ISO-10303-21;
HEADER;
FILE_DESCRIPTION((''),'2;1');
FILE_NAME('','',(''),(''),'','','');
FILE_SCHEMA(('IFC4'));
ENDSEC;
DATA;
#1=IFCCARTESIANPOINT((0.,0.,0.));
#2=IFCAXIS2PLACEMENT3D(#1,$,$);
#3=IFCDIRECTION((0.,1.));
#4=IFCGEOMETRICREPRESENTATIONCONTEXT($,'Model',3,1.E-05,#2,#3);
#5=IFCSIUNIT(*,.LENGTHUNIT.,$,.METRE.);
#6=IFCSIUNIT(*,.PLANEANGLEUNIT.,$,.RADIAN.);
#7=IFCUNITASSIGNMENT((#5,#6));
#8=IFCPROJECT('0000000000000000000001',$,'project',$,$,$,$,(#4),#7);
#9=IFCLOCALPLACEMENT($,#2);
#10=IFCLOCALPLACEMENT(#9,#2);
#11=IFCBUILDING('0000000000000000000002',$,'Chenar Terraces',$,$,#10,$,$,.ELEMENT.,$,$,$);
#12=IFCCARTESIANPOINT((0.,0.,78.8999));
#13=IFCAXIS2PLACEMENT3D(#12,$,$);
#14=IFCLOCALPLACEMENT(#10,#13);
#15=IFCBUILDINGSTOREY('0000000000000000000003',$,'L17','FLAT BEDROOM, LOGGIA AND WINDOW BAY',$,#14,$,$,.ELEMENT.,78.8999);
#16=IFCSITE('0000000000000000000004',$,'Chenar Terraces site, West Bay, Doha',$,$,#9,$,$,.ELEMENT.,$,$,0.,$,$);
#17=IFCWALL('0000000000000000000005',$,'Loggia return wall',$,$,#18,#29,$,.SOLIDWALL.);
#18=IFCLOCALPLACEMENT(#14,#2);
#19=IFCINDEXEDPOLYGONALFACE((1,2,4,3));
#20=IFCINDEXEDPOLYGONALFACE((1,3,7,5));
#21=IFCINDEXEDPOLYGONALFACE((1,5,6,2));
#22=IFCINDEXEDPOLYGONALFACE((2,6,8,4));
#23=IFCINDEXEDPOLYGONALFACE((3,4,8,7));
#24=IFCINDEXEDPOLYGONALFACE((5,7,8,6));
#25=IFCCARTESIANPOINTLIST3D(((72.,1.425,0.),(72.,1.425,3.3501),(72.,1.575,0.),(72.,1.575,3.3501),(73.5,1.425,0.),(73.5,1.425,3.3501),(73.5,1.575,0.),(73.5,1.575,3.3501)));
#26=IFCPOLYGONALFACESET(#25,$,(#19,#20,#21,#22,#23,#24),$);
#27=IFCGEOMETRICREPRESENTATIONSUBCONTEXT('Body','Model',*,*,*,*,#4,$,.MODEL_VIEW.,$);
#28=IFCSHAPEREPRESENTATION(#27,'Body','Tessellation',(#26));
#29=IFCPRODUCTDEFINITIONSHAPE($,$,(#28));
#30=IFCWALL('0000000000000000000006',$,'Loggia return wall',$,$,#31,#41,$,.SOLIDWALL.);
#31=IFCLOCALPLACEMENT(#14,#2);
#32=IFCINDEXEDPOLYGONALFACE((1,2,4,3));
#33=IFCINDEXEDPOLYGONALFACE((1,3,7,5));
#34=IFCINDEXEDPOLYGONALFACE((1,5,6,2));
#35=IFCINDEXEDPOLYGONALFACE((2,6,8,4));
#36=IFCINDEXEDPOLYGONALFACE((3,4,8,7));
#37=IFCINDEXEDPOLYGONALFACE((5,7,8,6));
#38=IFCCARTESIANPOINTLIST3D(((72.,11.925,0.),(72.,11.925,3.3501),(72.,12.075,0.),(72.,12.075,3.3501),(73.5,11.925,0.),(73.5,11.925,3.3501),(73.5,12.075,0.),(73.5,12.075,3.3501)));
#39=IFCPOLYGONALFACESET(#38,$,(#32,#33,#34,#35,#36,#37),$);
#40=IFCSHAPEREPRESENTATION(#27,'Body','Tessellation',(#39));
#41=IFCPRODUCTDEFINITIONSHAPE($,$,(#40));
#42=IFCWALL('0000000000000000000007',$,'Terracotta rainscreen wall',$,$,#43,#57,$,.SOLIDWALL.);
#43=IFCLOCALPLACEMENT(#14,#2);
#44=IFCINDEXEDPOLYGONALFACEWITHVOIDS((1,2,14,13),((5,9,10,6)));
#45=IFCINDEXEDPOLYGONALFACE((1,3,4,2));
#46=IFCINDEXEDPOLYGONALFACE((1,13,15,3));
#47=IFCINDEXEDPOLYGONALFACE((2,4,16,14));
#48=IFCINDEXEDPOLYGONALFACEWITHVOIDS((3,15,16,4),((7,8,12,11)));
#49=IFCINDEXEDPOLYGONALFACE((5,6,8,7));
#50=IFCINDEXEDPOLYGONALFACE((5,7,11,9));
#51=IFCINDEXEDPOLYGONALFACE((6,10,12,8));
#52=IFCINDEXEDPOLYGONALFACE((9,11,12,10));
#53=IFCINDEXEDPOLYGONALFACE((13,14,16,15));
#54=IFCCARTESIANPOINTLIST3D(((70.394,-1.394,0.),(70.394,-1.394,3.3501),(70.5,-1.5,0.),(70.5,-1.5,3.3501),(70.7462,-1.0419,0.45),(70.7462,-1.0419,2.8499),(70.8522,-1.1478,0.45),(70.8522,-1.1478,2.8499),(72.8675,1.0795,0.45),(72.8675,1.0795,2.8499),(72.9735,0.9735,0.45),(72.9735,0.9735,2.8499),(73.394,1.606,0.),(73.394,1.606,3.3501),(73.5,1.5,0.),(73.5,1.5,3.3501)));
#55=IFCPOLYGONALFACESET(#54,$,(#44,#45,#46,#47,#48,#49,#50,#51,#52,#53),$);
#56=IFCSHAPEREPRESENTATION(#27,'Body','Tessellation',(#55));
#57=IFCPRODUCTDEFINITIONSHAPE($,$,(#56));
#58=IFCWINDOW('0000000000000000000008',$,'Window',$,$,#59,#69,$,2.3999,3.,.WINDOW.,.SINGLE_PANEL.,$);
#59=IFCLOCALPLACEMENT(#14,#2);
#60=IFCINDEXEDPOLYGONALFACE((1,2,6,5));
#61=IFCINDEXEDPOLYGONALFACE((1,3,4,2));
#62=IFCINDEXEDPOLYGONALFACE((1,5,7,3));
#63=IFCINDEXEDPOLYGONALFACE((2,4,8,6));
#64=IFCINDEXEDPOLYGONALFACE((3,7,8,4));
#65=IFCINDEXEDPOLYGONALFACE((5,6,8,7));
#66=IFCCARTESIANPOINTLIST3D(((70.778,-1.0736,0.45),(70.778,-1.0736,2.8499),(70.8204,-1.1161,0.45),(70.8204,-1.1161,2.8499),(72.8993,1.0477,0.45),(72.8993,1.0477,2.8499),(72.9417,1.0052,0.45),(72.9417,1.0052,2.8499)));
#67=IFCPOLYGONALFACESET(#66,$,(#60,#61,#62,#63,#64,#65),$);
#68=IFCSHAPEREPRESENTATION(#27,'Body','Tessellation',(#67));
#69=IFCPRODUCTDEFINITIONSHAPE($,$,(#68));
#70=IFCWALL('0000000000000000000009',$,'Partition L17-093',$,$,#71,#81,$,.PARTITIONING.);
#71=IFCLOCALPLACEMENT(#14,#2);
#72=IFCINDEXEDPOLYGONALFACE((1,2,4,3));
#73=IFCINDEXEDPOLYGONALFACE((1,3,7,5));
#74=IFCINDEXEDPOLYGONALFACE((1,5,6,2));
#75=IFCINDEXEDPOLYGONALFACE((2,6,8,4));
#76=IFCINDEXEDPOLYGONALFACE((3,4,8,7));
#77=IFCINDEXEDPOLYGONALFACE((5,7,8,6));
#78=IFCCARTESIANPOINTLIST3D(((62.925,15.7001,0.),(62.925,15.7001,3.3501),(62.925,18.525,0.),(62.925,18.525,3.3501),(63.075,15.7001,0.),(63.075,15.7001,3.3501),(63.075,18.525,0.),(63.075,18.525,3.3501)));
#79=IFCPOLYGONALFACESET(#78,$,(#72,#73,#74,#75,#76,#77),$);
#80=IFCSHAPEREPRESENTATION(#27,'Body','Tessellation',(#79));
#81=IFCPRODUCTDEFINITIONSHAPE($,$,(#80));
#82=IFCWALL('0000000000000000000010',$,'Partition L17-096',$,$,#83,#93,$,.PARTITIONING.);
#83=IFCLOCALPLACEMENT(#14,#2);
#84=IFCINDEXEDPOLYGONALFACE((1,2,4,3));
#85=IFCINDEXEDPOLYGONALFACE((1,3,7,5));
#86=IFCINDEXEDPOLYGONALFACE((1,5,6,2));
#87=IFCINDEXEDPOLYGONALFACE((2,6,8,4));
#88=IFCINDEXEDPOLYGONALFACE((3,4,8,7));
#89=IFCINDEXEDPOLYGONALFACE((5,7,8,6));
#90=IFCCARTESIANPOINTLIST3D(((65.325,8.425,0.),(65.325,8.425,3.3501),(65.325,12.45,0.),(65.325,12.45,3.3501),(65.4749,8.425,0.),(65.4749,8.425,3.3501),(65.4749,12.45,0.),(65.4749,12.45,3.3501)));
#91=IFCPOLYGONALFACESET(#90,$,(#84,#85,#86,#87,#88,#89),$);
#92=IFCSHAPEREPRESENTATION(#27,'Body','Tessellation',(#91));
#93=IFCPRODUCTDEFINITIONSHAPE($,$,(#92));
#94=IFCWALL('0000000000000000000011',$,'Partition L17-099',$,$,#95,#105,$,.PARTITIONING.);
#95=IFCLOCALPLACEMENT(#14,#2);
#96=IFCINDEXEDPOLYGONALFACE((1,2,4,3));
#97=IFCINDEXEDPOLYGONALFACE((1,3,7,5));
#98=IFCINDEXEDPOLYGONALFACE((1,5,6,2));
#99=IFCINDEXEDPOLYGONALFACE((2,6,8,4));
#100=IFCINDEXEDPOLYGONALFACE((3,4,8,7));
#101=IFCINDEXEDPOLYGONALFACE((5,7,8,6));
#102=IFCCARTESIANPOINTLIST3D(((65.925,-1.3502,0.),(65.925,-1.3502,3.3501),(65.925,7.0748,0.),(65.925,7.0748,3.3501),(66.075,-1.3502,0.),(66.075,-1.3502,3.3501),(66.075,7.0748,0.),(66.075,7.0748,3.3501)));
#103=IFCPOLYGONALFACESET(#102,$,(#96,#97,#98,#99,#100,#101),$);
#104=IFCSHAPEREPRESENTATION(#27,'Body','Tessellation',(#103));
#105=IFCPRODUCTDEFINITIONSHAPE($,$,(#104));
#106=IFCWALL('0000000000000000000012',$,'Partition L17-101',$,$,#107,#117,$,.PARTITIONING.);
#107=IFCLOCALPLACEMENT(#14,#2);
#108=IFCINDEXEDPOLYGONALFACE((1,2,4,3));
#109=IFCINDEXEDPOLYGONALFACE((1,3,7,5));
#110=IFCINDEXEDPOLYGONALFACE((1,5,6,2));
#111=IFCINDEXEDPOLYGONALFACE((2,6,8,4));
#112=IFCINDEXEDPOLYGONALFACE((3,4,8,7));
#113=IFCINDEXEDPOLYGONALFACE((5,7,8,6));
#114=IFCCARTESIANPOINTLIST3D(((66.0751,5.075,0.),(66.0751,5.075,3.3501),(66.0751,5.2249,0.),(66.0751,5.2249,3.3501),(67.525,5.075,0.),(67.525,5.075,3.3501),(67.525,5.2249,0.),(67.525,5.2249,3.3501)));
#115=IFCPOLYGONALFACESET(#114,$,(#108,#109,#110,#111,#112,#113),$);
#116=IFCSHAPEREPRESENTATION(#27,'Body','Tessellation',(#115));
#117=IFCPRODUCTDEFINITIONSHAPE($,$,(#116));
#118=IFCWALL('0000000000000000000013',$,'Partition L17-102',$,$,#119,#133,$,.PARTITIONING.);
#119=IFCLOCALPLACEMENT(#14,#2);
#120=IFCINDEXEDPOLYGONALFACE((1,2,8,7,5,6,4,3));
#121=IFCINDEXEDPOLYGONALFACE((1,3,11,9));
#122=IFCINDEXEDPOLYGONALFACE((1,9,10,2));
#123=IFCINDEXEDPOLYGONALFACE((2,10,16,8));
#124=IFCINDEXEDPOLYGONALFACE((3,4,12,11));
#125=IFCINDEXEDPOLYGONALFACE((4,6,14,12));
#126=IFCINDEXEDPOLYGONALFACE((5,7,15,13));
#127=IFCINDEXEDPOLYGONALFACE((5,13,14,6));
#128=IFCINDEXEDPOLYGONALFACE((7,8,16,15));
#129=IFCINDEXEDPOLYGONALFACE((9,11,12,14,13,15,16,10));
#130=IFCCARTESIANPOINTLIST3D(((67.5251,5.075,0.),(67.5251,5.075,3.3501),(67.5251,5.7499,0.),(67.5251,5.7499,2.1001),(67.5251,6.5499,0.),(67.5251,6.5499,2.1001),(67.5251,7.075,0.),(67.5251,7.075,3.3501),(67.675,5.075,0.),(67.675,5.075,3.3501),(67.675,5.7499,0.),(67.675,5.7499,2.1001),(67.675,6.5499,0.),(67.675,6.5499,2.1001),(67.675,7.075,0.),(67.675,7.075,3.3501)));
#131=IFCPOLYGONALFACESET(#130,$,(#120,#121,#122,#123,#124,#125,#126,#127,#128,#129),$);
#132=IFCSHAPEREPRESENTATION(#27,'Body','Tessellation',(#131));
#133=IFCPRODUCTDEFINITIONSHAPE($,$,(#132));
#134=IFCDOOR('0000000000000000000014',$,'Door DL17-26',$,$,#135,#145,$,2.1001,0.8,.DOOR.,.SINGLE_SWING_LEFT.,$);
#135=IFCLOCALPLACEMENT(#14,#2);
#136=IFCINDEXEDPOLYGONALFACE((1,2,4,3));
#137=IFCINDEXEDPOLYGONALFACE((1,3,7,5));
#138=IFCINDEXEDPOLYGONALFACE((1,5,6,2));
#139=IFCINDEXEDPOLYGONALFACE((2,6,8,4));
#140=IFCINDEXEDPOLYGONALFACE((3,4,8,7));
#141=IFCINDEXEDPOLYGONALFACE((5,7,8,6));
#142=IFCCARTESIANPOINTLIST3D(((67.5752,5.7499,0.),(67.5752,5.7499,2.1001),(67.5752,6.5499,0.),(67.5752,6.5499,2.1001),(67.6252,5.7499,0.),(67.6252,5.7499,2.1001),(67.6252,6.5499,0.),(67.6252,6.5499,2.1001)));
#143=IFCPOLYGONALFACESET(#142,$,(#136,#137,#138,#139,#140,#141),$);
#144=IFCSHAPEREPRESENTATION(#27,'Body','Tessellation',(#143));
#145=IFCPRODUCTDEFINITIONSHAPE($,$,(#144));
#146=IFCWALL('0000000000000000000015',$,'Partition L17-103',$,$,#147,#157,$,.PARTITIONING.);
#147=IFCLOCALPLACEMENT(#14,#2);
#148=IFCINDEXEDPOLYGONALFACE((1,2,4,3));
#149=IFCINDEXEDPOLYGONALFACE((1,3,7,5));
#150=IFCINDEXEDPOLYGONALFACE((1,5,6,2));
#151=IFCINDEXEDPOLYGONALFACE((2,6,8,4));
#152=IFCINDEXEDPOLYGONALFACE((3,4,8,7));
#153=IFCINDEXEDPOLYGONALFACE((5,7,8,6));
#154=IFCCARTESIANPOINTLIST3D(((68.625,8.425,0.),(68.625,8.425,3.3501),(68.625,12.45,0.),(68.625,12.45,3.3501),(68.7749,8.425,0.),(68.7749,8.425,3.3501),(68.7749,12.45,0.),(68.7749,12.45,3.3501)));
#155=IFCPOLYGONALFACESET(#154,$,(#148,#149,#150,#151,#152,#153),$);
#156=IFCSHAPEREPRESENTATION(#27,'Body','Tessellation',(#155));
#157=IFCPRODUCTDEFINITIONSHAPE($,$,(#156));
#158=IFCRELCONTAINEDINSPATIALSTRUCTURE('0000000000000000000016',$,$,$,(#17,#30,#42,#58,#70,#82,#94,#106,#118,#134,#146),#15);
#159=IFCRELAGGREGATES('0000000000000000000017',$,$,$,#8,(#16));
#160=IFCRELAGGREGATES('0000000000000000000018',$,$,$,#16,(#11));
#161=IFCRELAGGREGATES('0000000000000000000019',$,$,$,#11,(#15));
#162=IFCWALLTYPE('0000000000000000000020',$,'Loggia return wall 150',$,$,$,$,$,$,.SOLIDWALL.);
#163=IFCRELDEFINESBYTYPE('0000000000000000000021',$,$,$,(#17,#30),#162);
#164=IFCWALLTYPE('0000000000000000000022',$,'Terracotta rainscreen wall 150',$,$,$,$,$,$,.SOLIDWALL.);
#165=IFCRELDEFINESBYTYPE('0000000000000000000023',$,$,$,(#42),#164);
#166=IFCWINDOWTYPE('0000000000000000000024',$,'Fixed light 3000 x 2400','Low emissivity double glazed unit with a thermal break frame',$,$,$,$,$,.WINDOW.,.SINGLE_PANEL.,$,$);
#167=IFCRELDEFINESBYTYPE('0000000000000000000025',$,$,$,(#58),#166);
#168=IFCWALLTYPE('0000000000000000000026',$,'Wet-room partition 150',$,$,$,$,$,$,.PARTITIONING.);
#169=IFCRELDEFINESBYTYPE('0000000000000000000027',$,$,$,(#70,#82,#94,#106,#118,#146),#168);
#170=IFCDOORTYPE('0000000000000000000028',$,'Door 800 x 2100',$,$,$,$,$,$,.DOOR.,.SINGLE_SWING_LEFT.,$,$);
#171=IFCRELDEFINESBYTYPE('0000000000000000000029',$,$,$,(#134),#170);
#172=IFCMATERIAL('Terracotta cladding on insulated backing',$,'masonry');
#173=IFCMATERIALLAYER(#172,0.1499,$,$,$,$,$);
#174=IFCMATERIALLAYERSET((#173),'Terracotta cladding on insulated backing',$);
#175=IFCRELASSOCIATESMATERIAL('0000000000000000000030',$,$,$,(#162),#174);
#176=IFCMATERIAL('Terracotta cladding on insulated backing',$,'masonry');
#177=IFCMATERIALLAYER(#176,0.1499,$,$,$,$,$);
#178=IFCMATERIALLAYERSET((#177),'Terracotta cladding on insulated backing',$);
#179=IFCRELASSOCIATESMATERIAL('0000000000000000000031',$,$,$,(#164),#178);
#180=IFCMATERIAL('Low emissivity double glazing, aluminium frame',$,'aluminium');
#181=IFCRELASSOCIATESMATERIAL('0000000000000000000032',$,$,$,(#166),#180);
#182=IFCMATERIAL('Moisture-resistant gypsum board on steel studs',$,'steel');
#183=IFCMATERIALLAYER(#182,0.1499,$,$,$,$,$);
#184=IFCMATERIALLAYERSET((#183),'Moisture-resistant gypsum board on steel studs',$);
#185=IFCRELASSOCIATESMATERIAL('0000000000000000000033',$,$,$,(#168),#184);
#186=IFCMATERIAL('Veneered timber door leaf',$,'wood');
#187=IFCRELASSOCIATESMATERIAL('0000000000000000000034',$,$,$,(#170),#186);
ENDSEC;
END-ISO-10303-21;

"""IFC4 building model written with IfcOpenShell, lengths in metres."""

from ifc_helpers import new_model, si_unit, direction, frame, frame_2d, origin, place, context, subcontext, project, spatial, rectangle, extrude, material, layer, layer_set, type_object, element, fill, save


model = new_model("IFC4")

# Units and contexts
model_context = context("Model", 3, precision=1e-05, world=origin(), true_north=direction((0.0, 1.0)))
body_context = subcontext(model_context, "Body", "Model", "MODEL_VIEW")
ifc_project = project(units=[si_unit("LENGTHUNIT", "METRE"), si_unit("PLANEANGLEUNIT", "RADIAN")], contexts=[model_context])

# Site, building, storey
site_placement = place(None, origin())
site = spatial("IfcSite", under=ifc_project, at=site_placement, Name="Chenar Terraces site, West Bay, Doha", CompositionType="ELEMENT", RefElevation=0.0)
building_placement = place(site_placement, origin())
building = spatial("IfcBuilding", under=site, at=building_placement, Name="Chenar Terraces", CompositionType="ELEMENT")
storey_placement = place(building_placement, frame((0.0, 0.0, 78.8999)))
storey = spatial("IfcBuildingStorey", under=building, at=storey_placement, Name="L17", Description="FLAT BEDROOM, LOGGIA AND WINDOW BAY", CompositionType="ELEMENT", Elevation=78.8999)

# Walls
ifc_material_1 = material(Name="Terracotta cladding on insulated backing", Category="masonry")
ifc_layer_1 = layer(ifc_material_1, 0.1499)
ifc_layer_set_1 = layer_set([ifc_layer_1], Name="Terracotta cladding on insulated backing")
wall_type_1 = type_object("IfcWallType", Name="Loggia return wall 150", PredefinedType="SOLIDWALL", material=ifc_layer_set_1)
for number, where, z_axis, x_axis, name in (
    (1, (73.5, 1.5, 0.0), (0.0, 0.0, 1.0), (-1.0, 0.0, 0.0), "Loggia return wall"),
    (2, (73.5, 12.0, 0.0), (0.0, 0.0, 1.0), (-1.0, 0.0, 0.0), "Loggia return wall"),
):
    element("IfcWall", number, at=place(storey_placement, frame(where, z_axis=z_axis, x_axis=x_axis)), inside=storey, type_object=wall_type_1, Name=name, PredefinedType="SOLIDWALL", context=body_context, shape_type="SweptSolid", body=[
        extrude(rectangle(XDim=1.5, YDim=0.1499, at=frame_2d((0.75, 0.0))), origin(), (0.0, 0.0, 1.0), 3.3501),
    ])

# Wall, opening, window
ifc_material_2 = material(Name="Terracotta cladding on insulated backing", Category="masonry")
ifc_layer_2 = layer(ifc_material_2, 0.1499)
ifc_layer_set_2 = layer_set([ifc_layer_2], Name="Terracotta cladding on insulated backing")
wall_type_2 = type_object("IfcWallType", Name="Terracotta rainscreen wall 150", PredefinedType="SOLIDWALL", material=ifc_layer_set_2)
wall_1_placement = place(storey_placement, frame((70.447, -1.447, 0.0), z_axis=(0.0, 0.0, 1.0), x_axis=(0.707107, 0.707107, 0.0)))
wall_1 = element("IfcWall", 3, at=wall_1_placement, inside=storey, type_object=wall_type_2, Name="Terracotta rainscreen wall", PredefinedType="SOLIDWALL", context=body_context, shape_type="SweptSolid", body=[
    extrude(rectangle(XDim=4.2427, YDim=0.1499, at=frame_2d((2.1213, 0.0))), origin(), (0.0, 0.0, 1.0), 3.3501),
])
opening_1_placement = place(wall_1_placement, frame((0.498, 0.0, 0.45)))
opening_1 = element("IfcOpeningElement", 4, at=opening_1_placement, cuts=wall_1, PredefinedType="OPENING", context=body_context, shape_type="SweptSolid", body=[
    extrude(rectangle(XDim=3.0, YDim=2.3999, at=frame_2d((1.5, 1.2))), frame((0.0, 0.085, 0.0), z_axis=(0.0, -1.0, 0.0), x_axis=(1.0, 0.0, 0.0)), (0.0, 0.0, 1.0), 0.1699),
])
ifc_material_3 = material(Name="Low emissivity double glazing, aluminium frame", Category="aluminium")
window_type_1 = type_object("IfcWindowType", Name="Fixed light 3000 x 2400", Description="Low emissivity double glazed unit with a thermal break frame", PartitioningType="SINGLE_PANEL", PredefinedType="WINDOW", material=ifc_material_3)
window_1_placement = place(opening_1_placement, origin())
window_1 = element("IfcWindow", 5, at=window_1_placement, inside=storey, type_object=window_type_1, Name="Window", OverallHeight=2.3999, OverallWidth=3.0, PartitioningType="SINGLE_PANEL", PredefinedType="WINDOW", context=body_context, shape_type="SweptSolid", body=[
    extrude(rectangle(XDim=3.0, YDim=2.3999, at=frame_2d((1.5, 1.2))), frame((0.0, 0.03, 0.0), z_axis=(0.0, -1.0, 0.0), x_axis=(1.0, 0.0, 0.0)), (0.0, 0.0, 1.0), 0.0601),
])
fill(opening_1, window_1)

# Walls
ifc_material_4 = material(Name="Moisture-resistant gypsum board on steel studs", Category="steel")
ifc_layer_3 = layer(ifc_material_4, 0.1499)
ifc_layer_set_3 = layer_set([ifc_layer_3], Name="Moisture-resistant gypsum board on steel studs")
wall_type_3 = type_object("IfcWallType", Name="Wet-room partition 150", PredefinedType="PARTITIONING", material=ifc_layer_set_3)
wall_2_placement = place(storey_placement, frame((63.0, 15.7, 0.0), z_axis=(0.0, 0.0, 1.0), x_axis=(0.0, 1.0, 0.0)))
element("IfcWall", 6, at=wall_2_placement, inside=storey, type_object=wall_type_3, Name="Partition L17-093", PredefinedType="PARTITIONING", context=body_context, shape_type="SweptSolid", body=[
    extrude(rectangle(XDim=2.825, YDim=0.1499, at=frame_2d((1.4126, 0.0))), origin(), (0.0, 0.0, 1.0), 3.3501),
])
wall_3_placement = place(storey_placement, frame((65.3999, 8.425, 0.0), z_axis=(0.0, 0.0, 1.0), x_axis=(0.0, 1.0, 0.0)))
element("IfcWall", 7, at=wall_3_placement, inside=storey, type_object=wall_type_3, Name="Partition L17-096", PredefinedType="PARTITIONING", context=body_context, shape_type="SweptSolid", body=[
    extrude(rectangle(XDim=4.0249, YDim=0.1499, at=frame_2d((2.0125, 0.0))), origin(), (0.0, 0.0, 1.0), 3.3501),
])
wall_4_placement = place(storey_placement, frame((66.0, -1.3501, 0.0), z_axis=(0.0, 0.0, 1.0), x_axis=(0.0, 1.0, 0.0)))
element("IfcWall", 8, at=wall_4_placement, inside=storey, type_object=wall_type_3, Name="Partition L17-099", PredefinedType="PARTITIONING", context=body_context, shape_type="SweptSolid", body=[
    extrude(rectangle(XDim=8.425, YDim=0.1499, at=frame_2d((4.2124, 0.0))), origin(), (0.0, 0.0, 1.0), 3.3501),
])
wall_5_placement = place(storey_placement, frame((66.075, 5.1499, 0.0), z_axis=(0.0, 0.0, 1.0), x_axis=(1.0, 0.0, 0.0)))
element("IfcWall", 9, at=wall_5_placement, inside=storey, type_object=wall_type_3, Name="Partition L17-101", PredefinedType="PARTITIONING", context=body_context, shape_type="SweptSolid", body=[
    extrude(rectangle(XDim=1.45, YDim=0.1499, at=frame_2d((0.7251, 0.0))), origin(), (0.0, 0.0, 1.0), 3.3501),
])

# Wall, opening, door
wall_6_placement = place(storey_placement, frame((67.6001, 5.075, 0.0), z_axis=(0.0, 0.0, 1.0), x_axis=(0.0, 1.0, 0.0)))
wall_6 = element("IfcWall", 10, at=wall_6_placement, inside=storey, type_object=wall_type_3, Name="Partition L17-102", PredefinedType="PARTITIONING", context=body_context, shape_type="SweptSolid", body=[
    extrude(rectangle(XDim=2.0, YDim=0.1499, at=frame_2d((1.0, 0.0))), origin(), (0.0, 0.0, 1.0), 3.3501),
])
opening_2_placement = place(wall_6_placement, frame((0.675, 0.0, 0.0)))
opening_2 = element("IfcOpeningElement", 11, at=opening_2_placement, cuts=wall_6, PredefinedType="OPENING", context=body_context, shape_type="SweptSolid", body=[
    extrude(rectangle(XDim=0.8, YDim=2.1001, at=frame_2d((0.3999, 1.05))), frame((0.0, 0.085, 0.0), z_axis=(0.0, -1.0, 0.0), x_axis=(1.0, 0.0, 0.0)), (0.0, 0.0, 1.0), 0.1699),
])
ifc_material_5 = material(Name="Veneered timber door leaf", Category="wood")
door_type_1 = type_object("IfcDoorType", Name="Door 800 x 2100", OperationType="SINGLE_SWING_LEFT", PredefinedType="DOOR", material=ifc_material_5)
door_1_placement = place(opening_2_placement, origin())
door_1 = element("IfcDoor", 12, at=door_1_placement, inside=storey, type_object=door_type_1, Name="Door DL17-26", OperationType="SINGLE_SWING_LEFT", OverallHeight=2.1001, OverallWidth=0.8, PredefinedType="DOOR", context=body_context, shape_type="SweptSolid", body=[
    extrude(rectangle(XDim=0.8, YDim=2.1001, at=frame_2d((0.3999, 1.05))), frame((0.0, 0.0249, 0.0), z_axis=(0.0, -1.0, 0.0), x_axis=(1.0, 0.0, 0.0)), (0.0, 0.0, 1.0), 0.05),
])
fill(opening_2, door_1)

# Wall
wall_7_placement = place(storey_placement, frame((68.7, 8.425, 0.0), z_axis=(0.0, 0.0, 1.0), x_axis=(0.0, 1.0, 0.0)))
element("IfcWall", 13, at=wall_7_placement, inside=storey, type_object=wall_type_3, Name="Partition L17-103", PredefinedType="PARTITIONING", context=body_context, shape_type="SweptSolid", body=[
    extrude(rectangle(XDim=4.0249, YDim=0.1499, at=frame_2d((2.0125, 0.0))), origin(), (0.0, 0.0, 1.0), 3.3501),
])

save(model, "model.ifc")
